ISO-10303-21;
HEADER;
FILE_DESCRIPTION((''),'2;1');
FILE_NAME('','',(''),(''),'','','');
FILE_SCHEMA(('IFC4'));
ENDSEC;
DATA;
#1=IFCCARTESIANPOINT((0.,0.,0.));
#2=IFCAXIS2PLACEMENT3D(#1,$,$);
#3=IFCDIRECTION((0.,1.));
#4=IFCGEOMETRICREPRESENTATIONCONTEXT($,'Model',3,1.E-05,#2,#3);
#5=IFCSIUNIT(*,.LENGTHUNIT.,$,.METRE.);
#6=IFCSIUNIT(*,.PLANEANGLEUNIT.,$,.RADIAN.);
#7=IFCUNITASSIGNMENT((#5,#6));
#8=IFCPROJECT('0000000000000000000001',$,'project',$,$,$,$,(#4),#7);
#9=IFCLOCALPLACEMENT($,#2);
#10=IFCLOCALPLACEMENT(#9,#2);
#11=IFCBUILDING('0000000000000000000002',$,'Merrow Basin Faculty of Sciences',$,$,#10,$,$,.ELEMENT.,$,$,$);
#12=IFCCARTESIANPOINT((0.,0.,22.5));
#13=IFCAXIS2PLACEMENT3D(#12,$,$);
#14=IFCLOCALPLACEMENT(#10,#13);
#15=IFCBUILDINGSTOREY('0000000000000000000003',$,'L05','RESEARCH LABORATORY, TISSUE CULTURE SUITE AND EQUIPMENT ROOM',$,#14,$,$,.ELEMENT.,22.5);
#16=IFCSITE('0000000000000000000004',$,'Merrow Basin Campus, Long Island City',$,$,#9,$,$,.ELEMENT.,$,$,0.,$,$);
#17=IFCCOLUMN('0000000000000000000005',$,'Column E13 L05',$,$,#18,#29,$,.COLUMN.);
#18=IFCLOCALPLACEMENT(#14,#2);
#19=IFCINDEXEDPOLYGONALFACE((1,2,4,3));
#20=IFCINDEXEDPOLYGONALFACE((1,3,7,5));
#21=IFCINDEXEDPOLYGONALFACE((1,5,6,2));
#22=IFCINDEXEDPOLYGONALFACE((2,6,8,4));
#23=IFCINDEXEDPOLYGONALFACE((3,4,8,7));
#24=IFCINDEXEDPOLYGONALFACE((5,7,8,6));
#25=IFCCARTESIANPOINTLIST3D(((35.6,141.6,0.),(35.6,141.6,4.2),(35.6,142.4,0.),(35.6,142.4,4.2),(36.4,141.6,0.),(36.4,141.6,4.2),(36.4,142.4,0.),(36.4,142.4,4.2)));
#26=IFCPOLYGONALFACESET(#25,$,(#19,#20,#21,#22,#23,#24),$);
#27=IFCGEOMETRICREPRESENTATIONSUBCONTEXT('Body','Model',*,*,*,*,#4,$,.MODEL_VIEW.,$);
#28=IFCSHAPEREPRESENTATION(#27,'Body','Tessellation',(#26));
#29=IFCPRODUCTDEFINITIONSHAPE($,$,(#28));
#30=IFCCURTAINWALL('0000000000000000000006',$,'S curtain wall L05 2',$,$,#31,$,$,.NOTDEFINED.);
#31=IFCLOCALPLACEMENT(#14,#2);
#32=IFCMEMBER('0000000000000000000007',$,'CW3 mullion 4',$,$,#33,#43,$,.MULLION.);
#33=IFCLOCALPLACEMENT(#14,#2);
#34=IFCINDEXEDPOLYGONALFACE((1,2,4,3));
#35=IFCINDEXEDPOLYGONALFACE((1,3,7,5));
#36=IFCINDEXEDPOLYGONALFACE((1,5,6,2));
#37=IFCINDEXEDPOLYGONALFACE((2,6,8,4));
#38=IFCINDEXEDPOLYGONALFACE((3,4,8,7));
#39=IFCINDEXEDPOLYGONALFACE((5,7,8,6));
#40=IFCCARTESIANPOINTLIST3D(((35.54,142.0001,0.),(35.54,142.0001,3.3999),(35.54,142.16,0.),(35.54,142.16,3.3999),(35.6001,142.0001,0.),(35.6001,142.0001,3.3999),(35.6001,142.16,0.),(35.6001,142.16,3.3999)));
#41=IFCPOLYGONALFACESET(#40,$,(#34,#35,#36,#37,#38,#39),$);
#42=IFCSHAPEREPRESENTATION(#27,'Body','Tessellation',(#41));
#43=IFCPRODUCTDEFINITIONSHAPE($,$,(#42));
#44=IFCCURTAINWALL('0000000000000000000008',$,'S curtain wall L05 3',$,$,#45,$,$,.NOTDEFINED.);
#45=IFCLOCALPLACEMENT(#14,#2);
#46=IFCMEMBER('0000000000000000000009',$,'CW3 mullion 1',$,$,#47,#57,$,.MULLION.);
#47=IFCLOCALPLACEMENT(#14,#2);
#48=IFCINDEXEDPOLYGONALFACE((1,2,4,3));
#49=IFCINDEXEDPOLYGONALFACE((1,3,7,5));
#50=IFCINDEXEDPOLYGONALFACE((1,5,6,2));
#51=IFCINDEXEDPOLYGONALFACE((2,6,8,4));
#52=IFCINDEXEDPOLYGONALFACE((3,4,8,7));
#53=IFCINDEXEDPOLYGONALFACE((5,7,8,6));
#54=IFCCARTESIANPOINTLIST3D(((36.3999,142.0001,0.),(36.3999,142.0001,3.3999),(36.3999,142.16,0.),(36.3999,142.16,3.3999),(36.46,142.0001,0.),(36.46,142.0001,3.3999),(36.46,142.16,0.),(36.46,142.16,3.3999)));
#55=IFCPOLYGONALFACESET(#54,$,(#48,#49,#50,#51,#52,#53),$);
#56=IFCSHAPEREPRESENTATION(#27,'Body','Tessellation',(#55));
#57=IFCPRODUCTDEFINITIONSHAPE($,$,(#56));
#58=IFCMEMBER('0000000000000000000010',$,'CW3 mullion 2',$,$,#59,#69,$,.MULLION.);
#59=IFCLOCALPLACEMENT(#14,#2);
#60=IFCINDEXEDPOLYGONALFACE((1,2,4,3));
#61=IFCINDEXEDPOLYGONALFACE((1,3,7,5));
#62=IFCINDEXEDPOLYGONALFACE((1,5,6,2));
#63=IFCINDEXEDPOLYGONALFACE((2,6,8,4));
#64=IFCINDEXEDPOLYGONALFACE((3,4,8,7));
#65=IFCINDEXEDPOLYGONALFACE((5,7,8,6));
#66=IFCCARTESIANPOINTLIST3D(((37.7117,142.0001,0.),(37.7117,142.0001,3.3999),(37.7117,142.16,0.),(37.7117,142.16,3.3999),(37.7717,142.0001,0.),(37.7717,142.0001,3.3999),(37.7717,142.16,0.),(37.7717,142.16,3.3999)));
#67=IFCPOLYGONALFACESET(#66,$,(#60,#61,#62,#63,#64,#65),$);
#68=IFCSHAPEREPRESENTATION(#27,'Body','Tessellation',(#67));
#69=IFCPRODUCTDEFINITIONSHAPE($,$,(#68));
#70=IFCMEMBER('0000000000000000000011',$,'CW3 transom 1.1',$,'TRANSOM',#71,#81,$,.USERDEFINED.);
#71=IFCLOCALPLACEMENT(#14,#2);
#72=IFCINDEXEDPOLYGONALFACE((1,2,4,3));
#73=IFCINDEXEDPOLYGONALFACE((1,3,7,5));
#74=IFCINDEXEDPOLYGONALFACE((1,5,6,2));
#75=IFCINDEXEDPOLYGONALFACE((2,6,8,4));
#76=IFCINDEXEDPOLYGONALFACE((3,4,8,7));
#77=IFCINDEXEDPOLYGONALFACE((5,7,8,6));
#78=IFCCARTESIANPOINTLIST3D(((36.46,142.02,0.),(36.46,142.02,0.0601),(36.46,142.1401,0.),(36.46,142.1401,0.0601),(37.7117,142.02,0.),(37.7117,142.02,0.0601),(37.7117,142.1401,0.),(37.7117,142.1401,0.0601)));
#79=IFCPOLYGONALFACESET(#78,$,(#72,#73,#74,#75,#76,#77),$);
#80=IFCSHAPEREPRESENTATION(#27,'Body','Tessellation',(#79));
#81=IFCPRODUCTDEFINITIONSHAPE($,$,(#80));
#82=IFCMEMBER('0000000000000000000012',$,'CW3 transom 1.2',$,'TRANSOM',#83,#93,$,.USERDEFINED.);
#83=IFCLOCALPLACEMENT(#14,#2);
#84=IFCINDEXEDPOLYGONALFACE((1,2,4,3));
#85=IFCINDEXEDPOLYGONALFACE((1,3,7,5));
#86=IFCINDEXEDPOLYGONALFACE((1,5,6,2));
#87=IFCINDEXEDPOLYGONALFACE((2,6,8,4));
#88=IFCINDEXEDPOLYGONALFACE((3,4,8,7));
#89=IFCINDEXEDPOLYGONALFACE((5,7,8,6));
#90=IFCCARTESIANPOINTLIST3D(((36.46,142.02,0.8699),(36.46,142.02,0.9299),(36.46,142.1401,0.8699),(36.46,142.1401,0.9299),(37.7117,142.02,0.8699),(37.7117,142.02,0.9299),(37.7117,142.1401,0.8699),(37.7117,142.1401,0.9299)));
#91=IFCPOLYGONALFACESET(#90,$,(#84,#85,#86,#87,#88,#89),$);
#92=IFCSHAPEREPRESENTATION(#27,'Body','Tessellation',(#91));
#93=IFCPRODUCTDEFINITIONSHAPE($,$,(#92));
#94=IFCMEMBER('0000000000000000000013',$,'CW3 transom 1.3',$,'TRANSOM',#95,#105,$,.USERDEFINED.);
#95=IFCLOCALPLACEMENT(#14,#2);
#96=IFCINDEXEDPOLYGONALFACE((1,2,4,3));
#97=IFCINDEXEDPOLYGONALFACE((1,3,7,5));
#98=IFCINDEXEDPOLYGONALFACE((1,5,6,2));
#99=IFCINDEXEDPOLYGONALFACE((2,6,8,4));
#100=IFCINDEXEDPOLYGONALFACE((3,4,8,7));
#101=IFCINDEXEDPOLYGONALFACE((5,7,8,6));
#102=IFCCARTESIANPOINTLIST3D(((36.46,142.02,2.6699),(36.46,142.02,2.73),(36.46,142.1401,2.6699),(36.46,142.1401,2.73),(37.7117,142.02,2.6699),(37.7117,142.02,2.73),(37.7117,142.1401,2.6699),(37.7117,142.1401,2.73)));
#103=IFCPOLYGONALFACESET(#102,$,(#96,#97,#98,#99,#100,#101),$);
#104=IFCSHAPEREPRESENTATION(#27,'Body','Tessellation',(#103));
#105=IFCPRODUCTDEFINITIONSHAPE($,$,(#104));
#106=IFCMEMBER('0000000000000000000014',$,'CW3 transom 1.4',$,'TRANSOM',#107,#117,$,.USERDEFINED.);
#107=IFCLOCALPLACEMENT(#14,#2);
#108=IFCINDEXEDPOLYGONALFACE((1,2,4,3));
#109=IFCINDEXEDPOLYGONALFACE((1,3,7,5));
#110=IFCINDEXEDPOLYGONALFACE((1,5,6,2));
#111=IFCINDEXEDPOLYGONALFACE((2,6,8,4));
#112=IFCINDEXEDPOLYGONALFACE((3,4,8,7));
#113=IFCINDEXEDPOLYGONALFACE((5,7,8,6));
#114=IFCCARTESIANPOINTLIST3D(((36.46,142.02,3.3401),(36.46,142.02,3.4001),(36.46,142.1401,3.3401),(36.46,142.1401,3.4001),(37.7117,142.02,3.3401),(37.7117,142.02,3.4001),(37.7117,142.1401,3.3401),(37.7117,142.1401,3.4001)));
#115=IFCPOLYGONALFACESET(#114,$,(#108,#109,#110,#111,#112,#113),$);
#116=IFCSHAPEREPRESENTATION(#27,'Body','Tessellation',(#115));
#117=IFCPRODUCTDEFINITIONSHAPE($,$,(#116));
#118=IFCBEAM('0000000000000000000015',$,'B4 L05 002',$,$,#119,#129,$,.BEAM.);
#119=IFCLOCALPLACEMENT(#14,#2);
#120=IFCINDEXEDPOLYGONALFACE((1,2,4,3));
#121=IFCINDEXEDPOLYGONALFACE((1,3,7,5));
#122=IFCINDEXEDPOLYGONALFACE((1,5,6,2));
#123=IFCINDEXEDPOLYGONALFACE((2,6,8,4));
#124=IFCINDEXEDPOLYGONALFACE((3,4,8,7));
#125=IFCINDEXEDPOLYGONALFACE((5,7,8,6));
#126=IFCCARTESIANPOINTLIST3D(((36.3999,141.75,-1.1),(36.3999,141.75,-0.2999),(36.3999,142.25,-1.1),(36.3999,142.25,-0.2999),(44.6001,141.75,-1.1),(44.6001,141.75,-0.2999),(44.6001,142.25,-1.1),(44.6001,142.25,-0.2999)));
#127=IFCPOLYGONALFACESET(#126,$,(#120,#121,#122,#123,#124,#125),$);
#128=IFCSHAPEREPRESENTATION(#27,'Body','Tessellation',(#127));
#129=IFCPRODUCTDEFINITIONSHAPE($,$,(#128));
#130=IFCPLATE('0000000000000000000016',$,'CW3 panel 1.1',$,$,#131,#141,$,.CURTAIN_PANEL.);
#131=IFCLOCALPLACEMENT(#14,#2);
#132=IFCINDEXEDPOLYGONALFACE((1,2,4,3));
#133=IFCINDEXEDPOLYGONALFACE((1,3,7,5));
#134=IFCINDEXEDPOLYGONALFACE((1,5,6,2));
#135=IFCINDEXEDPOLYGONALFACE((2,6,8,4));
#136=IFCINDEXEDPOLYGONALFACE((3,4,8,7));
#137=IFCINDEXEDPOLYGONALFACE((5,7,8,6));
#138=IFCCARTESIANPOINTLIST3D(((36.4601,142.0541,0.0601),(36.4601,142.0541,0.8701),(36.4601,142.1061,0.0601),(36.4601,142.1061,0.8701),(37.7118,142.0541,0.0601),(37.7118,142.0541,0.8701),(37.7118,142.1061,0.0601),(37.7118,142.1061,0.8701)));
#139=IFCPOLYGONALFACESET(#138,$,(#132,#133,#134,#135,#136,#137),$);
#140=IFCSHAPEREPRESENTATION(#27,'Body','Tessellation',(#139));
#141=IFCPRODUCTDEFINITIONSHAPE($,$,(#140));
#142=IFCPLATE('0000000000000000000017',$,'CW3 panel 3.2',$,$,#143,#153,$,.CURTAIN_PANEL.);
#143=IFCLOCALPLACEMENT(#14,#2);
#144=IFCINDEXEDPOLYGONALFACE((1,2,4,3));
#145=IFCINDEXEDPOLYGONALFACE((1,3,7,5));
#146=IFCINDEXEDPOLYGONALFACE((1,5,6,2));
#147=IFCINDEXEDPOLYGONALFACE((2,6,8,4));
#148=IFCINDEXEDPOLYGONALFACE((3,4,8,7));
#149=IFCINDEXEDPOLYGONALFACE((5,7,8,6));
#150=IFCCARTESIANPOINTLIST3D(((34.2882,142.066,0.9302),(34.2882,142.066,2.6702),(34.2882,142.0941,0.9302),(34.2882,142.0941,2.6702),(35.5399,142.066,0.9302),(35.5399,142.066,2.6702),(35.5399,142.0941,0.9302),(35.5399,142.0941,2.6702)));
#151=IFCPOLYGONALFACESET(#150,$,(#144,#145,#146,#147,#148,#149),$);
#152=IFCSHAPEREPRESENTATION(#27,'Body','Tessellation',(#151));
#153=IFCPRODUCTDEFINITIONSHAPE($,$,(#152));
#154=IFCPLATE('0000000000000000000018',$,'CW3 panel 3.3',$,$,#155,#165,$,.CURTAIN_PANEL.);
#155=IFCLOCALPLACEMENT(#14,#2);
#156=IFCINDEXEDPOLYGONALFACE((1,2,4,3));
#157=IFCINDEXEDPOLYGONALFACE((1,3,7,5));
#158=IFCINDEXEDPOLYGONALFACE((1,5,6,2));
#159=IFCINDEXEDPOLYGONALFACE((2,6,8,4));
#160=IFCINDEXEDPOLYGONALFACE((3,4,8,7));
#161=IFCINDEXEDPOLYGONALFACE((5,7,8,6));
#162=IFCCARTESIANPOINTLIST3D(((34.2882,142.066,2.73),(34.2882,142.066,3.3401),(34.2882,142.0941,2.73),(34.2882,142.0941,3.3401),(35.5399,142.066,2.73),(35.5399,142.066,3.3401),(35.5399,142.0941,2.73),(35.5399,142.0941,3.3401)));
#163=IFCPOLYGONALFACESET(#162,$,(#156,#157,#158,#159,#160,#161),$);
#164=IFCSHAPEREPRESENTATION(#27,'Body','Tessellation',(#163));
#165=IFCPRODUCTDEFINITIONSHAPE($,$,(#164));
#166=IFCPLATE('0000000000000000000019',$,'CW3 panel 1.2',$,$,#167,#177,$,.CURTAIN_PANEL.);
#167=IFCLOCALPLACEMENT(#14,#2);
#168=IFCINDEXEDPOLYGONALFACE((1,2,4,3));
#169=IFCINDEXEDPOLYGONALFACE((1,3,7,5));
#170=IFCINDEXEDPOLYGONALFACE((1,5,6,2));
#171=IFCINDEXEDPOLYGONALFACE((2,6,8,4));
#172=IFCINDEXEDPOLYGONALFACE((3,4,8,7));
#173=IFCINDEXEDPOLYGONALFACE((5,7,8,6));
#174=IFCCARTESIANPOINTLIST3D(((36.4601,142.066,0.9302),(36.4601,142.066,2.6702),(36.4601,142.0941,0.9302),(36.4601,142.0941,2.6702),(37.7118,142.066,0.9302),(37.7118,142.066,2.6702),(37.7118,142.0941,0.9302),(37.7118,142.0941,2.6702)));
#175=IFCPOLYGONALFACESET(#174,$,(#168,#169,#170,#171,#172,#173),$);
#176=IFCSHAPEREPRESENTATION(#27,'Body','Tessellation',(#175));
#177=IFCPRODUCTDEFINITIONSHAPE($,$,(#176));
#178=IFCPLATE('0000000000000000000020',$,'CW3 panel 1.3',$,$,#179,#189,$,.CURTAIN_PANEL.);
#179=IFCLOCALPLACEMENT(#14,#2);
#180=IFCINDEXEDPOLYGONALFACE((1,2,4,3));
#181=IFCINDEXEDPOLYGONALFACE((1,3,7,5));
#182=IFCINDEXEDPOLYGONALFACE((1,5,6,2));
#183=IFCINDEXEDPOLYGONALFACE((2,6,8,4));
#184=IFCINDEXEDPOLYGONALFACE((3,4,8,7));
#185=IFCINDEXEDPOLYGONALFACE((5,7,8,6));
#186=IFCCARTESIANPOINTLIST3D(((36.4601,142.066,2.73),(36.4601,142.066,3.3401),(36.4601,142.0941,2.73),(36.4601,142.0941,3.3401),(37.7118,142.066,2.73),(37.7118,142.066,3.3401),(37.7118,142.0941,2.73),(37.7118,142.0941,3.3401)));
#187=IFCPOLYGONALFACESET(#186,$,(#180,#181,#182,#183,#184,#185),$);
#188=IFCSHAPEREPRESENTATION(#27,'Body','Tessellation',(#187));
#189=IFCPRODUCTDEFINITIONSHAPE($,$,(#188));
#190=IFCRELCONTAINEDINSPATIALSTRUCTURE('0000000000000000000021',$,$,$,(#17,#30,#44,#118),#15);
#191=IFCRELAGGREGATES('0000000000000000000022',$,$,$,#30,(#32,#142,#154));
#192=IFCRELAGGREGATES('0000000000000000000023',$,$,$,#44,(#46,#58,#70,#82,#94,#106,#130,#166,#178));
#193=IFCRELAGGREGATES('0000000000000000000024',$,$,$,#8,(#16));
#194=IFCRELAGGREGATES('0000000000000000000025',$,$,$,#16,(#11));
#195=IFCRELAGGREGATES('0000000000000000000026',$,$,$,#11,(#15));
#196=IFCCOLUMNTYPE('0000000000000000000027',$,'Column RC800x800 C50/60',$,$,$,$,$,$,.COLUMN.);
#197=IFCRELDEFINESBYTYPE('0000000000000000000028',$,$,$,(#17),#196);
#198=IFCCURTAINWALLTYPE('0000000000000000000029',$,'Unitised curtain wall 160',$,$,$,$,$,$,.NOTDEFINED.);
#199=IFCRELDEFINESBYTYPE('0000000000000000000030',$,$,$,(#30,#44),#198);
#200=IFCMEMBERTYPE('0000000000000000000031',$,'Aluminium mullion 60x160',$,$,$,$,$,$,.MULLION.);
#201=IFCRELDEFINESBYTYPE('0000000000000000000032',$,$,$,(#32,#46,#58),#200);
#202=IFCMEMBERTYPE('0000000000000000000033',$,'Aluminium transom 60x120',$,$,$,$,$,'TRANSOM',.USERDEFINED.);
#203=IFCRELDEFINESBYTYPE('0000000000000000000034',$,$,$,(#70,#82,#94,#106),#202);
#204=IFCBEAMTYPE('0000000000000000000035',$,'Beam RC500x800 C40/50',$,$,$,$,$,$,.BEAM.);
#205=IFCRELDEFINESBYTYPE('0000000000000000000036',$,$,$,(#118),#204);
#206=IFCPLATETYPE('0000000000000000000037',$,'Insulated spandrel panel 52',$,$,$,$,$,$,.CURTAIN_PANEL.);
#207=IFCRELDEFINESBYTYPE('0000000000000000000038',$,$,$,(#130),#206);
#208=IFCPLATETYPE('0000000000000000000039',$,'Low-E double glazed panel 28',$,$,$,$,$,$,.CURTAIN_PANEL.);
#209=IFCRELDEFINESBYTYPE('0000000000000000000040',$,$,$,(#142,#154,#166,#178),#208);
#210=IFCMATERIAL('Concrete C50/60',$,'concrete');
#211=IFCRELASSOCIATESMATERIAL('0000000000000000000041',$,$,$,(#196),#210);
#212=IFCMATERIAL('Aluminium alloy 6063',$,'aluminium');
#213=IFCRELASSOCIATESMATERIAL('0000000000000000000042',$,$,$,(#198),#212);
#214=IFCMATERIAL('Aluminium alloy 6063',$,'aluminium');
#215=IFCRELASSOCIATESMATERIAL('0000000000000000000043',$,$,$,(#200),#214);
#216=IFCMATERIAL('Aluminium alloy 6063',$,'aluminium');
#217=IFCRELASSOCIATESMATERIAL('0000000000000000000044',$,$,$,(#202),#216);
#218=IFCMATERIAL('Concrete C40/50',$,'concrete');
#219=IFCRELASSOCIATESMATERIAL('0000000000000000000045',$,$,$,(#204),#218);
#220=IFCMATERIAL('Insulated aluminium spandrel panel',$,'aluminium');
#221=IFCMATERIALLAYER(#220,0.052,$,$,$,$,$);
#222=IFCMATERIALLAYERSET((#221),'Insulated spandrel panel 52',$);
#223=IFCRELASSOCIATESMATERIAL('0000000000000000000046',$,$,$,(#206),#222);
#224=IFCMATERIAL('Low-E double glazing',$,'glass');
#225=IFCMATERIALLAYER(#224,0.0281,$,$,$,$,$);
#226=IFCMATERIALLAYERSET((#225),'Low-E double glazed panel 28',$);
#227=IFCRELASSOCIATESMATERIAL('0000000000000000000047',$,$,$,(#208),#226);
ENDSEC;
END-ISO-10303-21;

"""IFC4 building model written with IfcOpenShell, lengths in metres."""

from ifc_helpers import new_model, si_unit, direction, frame, origin, origin_2d, place, context, subcontext, project, spatial, rectangle, extrude, material, layer, layer_set, material_profile, profile_set, type_object, element, aggregate, save


model = new_model("IFC4")

# Units and contexts
model_context = context("Model", 3, precision=1e-05, world=origin(), true_north=direction((0.0, 1.0)))
body_context = subcontext(model_context, "Body", "Model", "MODEL_VIEW")
ifc_project = project(units=[si_unit("LENGTHUNIT", "METRE"), si_unit("PLANEANGLEUNIT", "RADIAN")], contexts=[model_context])

# Site, building, storey
site_placement = place(None, origin())
site = spatial("IfcSite", under=ifc_project, at=site_placement, Name="Merrow Basin Campus, Long Island City", CompositionType="ELEMENT", RefElevation=0.0)
building_placement = place(site_placement, origin())
building = spatial("IfcBuilding", under=site, at=building_placement, Name="Merrow Basin Faculty of Sciences", CompositionType="ELEMENT")
storey_placement = place(building_placement, frame((0.0, 0.0, 22.5)))
storey = spatial("IfcBuildingStorey", under=building, at=storey_placement, Name="L05", Description="RESEARCH LABORATORY, TISSUE CULTURE SUITE AND EQUIPMENT ROOM", CompositionType="ELEMENT", Elevation=22.5)

# Column
ifc_material_1 = material(Name="Concrete C50/60", Category="concrete")
ifc_material_profile_1 = material_profile(ifc_material_1, rectangle(XDim=0.8, YDim=0.8, at=origin_2d()))
ifc_profile_set_1 = profile_set([ifc_material_profile_1], Name="Concrete C50/60")
column_type = type_object("IfcColumnType", Name="Column RC800x800 C50/60", PredefinedType="COLUMN", material=ifc_profile_set_1)
column_placement = place(storey_placement, frame((36.0, 142.0, 0.0), z_axis=(0.0, 0.0, 1.0), x_axis=(1.0, 0.0, 0.0)))
element("IfcColumn", 1, at=column_placement, inside=storey, type_object=column_type, Name="Column E13 L05", PredefinedType="COLUMN", context=body_context, shape_type="SweptSolid", body=[
    extrude(rectangle(XDim=0.8, YDim=0.8, at=origin_2d()), origin(), (0.0, 0.0, 1.0), 4.2),
])

# Curtain wall, member
ifc_material_2 = material(Name="Aluminium alloy 6063", Category="aluminium")
curtain_wall_type = type_object("IfcCurtainWallType", Name="Unitised curtain wall 160", PredefinedType="NOTDEFINED", material=ifc_material_2)
curtain_wall_1_placement = place(storey_placement, origin())
curtain_wall_1 = element("IfcCurtainWall", 2, at=curtain_wall_1_placement, inside=storey, type_object=curtain_wall_type, Name="S curtain wall L05 2", PredefinedType="NOTDEFINED")
ifc_material_3 = material(Name="Aluminium alloy 6063", Category="aluminium")
ifc_material_profile_2 = material_profile(ifc_material_3, rectangle(XDim=0.1599, YDim=0.0601, at=origin_2d()))
ifc_profile_set_2 = profile_set([ifc_material_profile_2], Name="Aluminium alloy 6063")
member_type_1 = type_object("IfcMemberType", Name="Aluminium mullion 60x160", PredefinedType="MULLION", material=ifc_profile_set_2)
member_1_placement = place(storey_placement, frame((35.5701, 142.0801, 0.0), z_axis=(0.0, 0.0, 1.0), x_axis=(0.0, 1.0, 0.0)))
member_1 = element("IfcMember", 3, at=member_1_placement, type_object=member_type_1, Name="CW3 mullion 4", PredefinedType="MULLION", context=body_context, shape_type="SweptSolid", body=[
    extrude(rectangle(XDim=0.1599, YDim=0.0601, at=origin_2d()), origin(), (0.0, 0.0, 1.0), 3.3999),
])

# Curtain wall, members
curtain_wall_2_placement = place(storey_placement, origin())
curtain_wall_2 = element("IfcCurtainWall", 4, at=curtain_wall_2_placement, inside=storey, type_object=curtain_wall_type, Name="S curtain wall L05 3", PredefinedType="NOTDEFINED")
member_2_placement = place(storey_placement, frame((36.4299, 142.0801, 0.0), z_axis=(0.0, 0.0, 1.0), x_axis=(0.0, 1.0, 0.0)))
member_2 = element("IfcMember", 5, at=member_2_placement, type_object=member_type_1, Name="CW3 mullion 1", PredefinedType="MULLION", context=body_context, shape_type="SweptSolid", body=[
    extrude(rectangle(XDim=0.1599, YDim=0.0601, at=origin_2d()), origin(), (0.0, 0.0, 1.0), 3.3999),
])
member_3_placement = place(storey_placement, frame((37.7417, 142.0801, 0.0), z_axis=(0.0, 0.0, 1.0), x_axis=(0.0, 1.0, 0.0)))
member_3 = element("IfcMember", 6, at=member_3_placement, type_object=member_type_1, Name="CW3 mullion 2", PredefinedType="MULLION", context=body_context, shape_type="SweptSolid", body=[
    extrude(rectangle(XDim=0.1599, YDim=0.0601, at=origin_2d()), origin(), (0.0, 0.0, 1.0), 3.3999),
])
ifc_material_4 = material(Name="Aluminium alloy 6063", Category="aluminium")
ifc_material_profile_3 = material_profile(ifc_material_4, rectangle(XDim=0.1201, YDim=0.0601, at=origin_2d()))
ifc_profile_set_3 = profile_set([ifc_material_profile_3], Name="Aluminium alloy 6063")
member_type_2 = type_object("IfcMemberType", Name="Aluminium transom 60x120", ElementType="TRANSOM", PredefinedType="USERDEFINED", material=ifc_profile_set_3)
member_4_placement = place(storey_placement, frame((36.46, 142.0801, 0.03), z_axis=(1.0, 0.0, 0.0), x_axis=(0.0, 1.0, 0.0)))
member_4 = element("IfcMember", 7, at=member_4_placement, type_object=member_type_2, Name="CW3 transom 1.1", ObjectType="TRANSOM", PredefinedType="USERDEFINED", context=body_context, shape_type="SweptSolid", body=[
    extrude(rectangle(XDim=0.1201, YDim=0.0601, at=origin_2d()), origin(), (0.0, 0.0, 1.0), 1.2517),
])
member_5_placement = place(storey_placement, frame((36.46, 142.0801, 0.8999), z_axis=(1.0, 0.0, 0.0), x_axis=(0.0, 1.0, 0.0)))
member_5 = element("IfcMember", 8, at=member_5_placement, type_object=member_type_2, Name="CW3 transom 1.2", ObjectType="TRANSOM", PredefinedType="USERDEFINED", context=body_context, shape_type="SweptSolid", body=[
    extrude(rectangle(XDim=0.1201, YDim=0.0601, at=origin_2d()), origin(), (0.0, 0.0, 1.0), 1.2517),
])
member_6_placement = place(storey_placement, frame((36.46, 142.0801, 2.7), z_axis=(1.0, 0.0, 0.0), x_axis=(0.0, 1.0, 0.0)))
member_6 = element("IfcMember", 9, at=member_6_placement, type_object=member_type_2, Name="CW3 transom 1.3", ObjectType="TRANSOM", PredefinedType="USERDEFINED", context=body_context, shape_type="SweptSolid", body=[
    extrude(rectangle(XDim=0.1201, YDim=0.0601, at=origin_2d()), origin(), (0.0, 0.0, 1.0), 1.2517),
])
member_7_placement = place(storey_placement, frame((36.46, 142.0801, 3.3701), z_axis=(1.0, 0.0, 0.0), x_axis=(0.0, 1.0, 0.0)))
member_7 = element("IfcMember", 10, at=member_7_placement, type_object=member_type_2, Name="CW3 transom 1.4", ObjectType="TRANSOM", PredefinedType="USERDEFINED", context=body_context, shape_type="SweptSolid", body=[
    extrude(rectangle(XDim=0.1201, YDim=0.0601, at=origin_2d()), origin(), (0.0, 0.0, 1.0), 1.2517),
])

# Beam
ifc_material_5 = material(Name="Concrete C40/50", Category="concrete")
ifc_material_profile_4 = material_profile(ifc_material_5, rectangle(XDim=0.5, YDim=0.8, at=origin_2d()))
ifc_profile_set_4 = profile_set([ifc_material_profile_4], Name="Concrete C40/50")
beam_type = type_object("IfcBeamType", Name="Beam RC500x800 C40/50", PredefinedType="BEAM", material=ifc_profile_set_4)
beam_placement = place(storey_placement, frame((36.3999, 142.0, -0.7), z_axis=(1.0, 0.0, 0.0), x_axis=(0.0, 1.0, 0.0)))
element("IfcBeam", 11, at=beam_placement, inside=storey, type_object=beam_type, Name="B4 L05 002", PredefinedType="BEAM", context=body_context, shape_type="SweptSolid", body=[
    extrude(rectangle(XDim=0.5, YDim=0.8, at=origin_2d()), origin(), (0.0, 0.0, 1.0), 8.2002),
])

# Plates
ifc_material_6 = material(Name="Insulated aluminium spandrel panel", Category="aluminium")
ifc_layer_1 = layer(ifc_material_6, 0.052)
ifc_layer_set_1 = layer_set([ifc_layer_1], Name="Insulated spandrel panel 52")
plate_type_1 = type_object("IfcPlateType", Name="Insulated spandrel panel 52", PredefinedType="CURTAIN_PANEL", material=ifc_layer_set_1)
plate_1_placement = place(storey_placement, frame((37.0859, 142.0801, 0.0601), z_axis=(0.0, 0.0, 1.0), x_axis=(1.0, 0.0, 0.0)))
plate_1 = element("IfcPlate", 12, at=plate_1_placement, type_object=plate_type_1, Name="CW3 panel 1.1", PredefinedType="CURTAIN_PANEL", context=body_context, shape_type="SweptSolid", body=[
    extrude(rectangle(XDim=1.2517, YDim=0.052, at=origin_2d()), origin(), (0.0, 0.0, 1.0), 0.8101),
])
ifc_material_7 = material(Name="Low-E double glazing", Category="glass")
ifc_layer_2 = layer(ifc_material_7, 0.0281)
ifc_layer_set_2 = layer_set([ifc_layer_2], Name="Low-E double glazed panel 28")
plate_type_2 = type_object("IfcPlateType", Name="Low-E double glazed panel 28", PredefinedType="CURTAIN_PANEL", material=ifc_layer_set_2)
plate_2_placement = place(storey_placement, frame((34.9141, 142.0801, 0.9302), z_axis=(0.0, 0.0, 1.0), x_axis=(1.0, 0.0, 0.0)))
plate_2 = element("IfcPlate", 13, at=plate_2_placement, type_object=plate_type_2, Name="CW3 panel 3.2", PredefinedType="CURTAIN_PANEL", context=body_context, shape_type="SweptSolid", body=[
    extrude(rectangle(XDim=1.2517, YDim=0.0281, at=origin_2d()), origin(), (0.0, 0.0, 1.0), 1.74),
])
plate_3_placement = place(storey_placement, frame((34.9141, 142.0801, 2.73), z_axis=(0.0, 0.0, 1.0), x_axis=(1.0, 0.0, 0.0)))
plate_3 = element("IfcPlate", 14, at=plate_3_placement, type_object=plate_type_2, Name="CW3 panel 3.3", PredefinedType="CURTAIN_PANEL", context=body_context, shape_type="SweptSolid", body=[
    extrude(rectangle(XDim=1.2517, YDim=0.0281, at=origin_2d()), origin(), (0.0, 0.0, 1.0), 0.6101),
])
aggregate(curtain_wall_1, [member_1, plate_2, plate_3])
plate_4_placement = place(storey_placement, frame((37.0859, 142.0801, 0.9302), z_axis=(0.0, 0.0, 1.0), x_axis=(1.0, 0.0, 0.0)))
plate_4 = element("IfcPlate", 15, at=plate_4_placement, type_object=plate_type_2, Name="CW3 panel 1.2", PredefinedType="CURTAIN_PANEL", context=body_context, shape_type="SweptSolid", body=[
    extrude(rectangle(XDim=1.2517, YDim=0.0281, at=origin_2d()), origin(), (0.0, 0.0, 1.0), 1.74),
])
plate_5_placement = place(storey_placement, frame((37.0859, 142.0801, 2.73), z_axis=(0.0, 0.0, 1.0), x_axis=(1.0, 0.0, 0.0)))
plate_5 = element("IfcPlate", 16, at=plate_5_placement, type_object=plate_type_2, Name="CW3 panel 1.3", PredefinedType="CURTAIN_PANEL", context=body_context, shape_type="SweptSolid", body=[
    extrude(rectangle(XDim=1.2517, YDim=0.0281, at=origin_2d()), origin(), (0.0, 0.0, 1.0), 0.6101),
])
aggregate(curtain_wall_2, [member_2, member_3, member_4, member_5, member_6, member_7, plate_1, plate_4, plate_5])

save(model, "model.ifc")
